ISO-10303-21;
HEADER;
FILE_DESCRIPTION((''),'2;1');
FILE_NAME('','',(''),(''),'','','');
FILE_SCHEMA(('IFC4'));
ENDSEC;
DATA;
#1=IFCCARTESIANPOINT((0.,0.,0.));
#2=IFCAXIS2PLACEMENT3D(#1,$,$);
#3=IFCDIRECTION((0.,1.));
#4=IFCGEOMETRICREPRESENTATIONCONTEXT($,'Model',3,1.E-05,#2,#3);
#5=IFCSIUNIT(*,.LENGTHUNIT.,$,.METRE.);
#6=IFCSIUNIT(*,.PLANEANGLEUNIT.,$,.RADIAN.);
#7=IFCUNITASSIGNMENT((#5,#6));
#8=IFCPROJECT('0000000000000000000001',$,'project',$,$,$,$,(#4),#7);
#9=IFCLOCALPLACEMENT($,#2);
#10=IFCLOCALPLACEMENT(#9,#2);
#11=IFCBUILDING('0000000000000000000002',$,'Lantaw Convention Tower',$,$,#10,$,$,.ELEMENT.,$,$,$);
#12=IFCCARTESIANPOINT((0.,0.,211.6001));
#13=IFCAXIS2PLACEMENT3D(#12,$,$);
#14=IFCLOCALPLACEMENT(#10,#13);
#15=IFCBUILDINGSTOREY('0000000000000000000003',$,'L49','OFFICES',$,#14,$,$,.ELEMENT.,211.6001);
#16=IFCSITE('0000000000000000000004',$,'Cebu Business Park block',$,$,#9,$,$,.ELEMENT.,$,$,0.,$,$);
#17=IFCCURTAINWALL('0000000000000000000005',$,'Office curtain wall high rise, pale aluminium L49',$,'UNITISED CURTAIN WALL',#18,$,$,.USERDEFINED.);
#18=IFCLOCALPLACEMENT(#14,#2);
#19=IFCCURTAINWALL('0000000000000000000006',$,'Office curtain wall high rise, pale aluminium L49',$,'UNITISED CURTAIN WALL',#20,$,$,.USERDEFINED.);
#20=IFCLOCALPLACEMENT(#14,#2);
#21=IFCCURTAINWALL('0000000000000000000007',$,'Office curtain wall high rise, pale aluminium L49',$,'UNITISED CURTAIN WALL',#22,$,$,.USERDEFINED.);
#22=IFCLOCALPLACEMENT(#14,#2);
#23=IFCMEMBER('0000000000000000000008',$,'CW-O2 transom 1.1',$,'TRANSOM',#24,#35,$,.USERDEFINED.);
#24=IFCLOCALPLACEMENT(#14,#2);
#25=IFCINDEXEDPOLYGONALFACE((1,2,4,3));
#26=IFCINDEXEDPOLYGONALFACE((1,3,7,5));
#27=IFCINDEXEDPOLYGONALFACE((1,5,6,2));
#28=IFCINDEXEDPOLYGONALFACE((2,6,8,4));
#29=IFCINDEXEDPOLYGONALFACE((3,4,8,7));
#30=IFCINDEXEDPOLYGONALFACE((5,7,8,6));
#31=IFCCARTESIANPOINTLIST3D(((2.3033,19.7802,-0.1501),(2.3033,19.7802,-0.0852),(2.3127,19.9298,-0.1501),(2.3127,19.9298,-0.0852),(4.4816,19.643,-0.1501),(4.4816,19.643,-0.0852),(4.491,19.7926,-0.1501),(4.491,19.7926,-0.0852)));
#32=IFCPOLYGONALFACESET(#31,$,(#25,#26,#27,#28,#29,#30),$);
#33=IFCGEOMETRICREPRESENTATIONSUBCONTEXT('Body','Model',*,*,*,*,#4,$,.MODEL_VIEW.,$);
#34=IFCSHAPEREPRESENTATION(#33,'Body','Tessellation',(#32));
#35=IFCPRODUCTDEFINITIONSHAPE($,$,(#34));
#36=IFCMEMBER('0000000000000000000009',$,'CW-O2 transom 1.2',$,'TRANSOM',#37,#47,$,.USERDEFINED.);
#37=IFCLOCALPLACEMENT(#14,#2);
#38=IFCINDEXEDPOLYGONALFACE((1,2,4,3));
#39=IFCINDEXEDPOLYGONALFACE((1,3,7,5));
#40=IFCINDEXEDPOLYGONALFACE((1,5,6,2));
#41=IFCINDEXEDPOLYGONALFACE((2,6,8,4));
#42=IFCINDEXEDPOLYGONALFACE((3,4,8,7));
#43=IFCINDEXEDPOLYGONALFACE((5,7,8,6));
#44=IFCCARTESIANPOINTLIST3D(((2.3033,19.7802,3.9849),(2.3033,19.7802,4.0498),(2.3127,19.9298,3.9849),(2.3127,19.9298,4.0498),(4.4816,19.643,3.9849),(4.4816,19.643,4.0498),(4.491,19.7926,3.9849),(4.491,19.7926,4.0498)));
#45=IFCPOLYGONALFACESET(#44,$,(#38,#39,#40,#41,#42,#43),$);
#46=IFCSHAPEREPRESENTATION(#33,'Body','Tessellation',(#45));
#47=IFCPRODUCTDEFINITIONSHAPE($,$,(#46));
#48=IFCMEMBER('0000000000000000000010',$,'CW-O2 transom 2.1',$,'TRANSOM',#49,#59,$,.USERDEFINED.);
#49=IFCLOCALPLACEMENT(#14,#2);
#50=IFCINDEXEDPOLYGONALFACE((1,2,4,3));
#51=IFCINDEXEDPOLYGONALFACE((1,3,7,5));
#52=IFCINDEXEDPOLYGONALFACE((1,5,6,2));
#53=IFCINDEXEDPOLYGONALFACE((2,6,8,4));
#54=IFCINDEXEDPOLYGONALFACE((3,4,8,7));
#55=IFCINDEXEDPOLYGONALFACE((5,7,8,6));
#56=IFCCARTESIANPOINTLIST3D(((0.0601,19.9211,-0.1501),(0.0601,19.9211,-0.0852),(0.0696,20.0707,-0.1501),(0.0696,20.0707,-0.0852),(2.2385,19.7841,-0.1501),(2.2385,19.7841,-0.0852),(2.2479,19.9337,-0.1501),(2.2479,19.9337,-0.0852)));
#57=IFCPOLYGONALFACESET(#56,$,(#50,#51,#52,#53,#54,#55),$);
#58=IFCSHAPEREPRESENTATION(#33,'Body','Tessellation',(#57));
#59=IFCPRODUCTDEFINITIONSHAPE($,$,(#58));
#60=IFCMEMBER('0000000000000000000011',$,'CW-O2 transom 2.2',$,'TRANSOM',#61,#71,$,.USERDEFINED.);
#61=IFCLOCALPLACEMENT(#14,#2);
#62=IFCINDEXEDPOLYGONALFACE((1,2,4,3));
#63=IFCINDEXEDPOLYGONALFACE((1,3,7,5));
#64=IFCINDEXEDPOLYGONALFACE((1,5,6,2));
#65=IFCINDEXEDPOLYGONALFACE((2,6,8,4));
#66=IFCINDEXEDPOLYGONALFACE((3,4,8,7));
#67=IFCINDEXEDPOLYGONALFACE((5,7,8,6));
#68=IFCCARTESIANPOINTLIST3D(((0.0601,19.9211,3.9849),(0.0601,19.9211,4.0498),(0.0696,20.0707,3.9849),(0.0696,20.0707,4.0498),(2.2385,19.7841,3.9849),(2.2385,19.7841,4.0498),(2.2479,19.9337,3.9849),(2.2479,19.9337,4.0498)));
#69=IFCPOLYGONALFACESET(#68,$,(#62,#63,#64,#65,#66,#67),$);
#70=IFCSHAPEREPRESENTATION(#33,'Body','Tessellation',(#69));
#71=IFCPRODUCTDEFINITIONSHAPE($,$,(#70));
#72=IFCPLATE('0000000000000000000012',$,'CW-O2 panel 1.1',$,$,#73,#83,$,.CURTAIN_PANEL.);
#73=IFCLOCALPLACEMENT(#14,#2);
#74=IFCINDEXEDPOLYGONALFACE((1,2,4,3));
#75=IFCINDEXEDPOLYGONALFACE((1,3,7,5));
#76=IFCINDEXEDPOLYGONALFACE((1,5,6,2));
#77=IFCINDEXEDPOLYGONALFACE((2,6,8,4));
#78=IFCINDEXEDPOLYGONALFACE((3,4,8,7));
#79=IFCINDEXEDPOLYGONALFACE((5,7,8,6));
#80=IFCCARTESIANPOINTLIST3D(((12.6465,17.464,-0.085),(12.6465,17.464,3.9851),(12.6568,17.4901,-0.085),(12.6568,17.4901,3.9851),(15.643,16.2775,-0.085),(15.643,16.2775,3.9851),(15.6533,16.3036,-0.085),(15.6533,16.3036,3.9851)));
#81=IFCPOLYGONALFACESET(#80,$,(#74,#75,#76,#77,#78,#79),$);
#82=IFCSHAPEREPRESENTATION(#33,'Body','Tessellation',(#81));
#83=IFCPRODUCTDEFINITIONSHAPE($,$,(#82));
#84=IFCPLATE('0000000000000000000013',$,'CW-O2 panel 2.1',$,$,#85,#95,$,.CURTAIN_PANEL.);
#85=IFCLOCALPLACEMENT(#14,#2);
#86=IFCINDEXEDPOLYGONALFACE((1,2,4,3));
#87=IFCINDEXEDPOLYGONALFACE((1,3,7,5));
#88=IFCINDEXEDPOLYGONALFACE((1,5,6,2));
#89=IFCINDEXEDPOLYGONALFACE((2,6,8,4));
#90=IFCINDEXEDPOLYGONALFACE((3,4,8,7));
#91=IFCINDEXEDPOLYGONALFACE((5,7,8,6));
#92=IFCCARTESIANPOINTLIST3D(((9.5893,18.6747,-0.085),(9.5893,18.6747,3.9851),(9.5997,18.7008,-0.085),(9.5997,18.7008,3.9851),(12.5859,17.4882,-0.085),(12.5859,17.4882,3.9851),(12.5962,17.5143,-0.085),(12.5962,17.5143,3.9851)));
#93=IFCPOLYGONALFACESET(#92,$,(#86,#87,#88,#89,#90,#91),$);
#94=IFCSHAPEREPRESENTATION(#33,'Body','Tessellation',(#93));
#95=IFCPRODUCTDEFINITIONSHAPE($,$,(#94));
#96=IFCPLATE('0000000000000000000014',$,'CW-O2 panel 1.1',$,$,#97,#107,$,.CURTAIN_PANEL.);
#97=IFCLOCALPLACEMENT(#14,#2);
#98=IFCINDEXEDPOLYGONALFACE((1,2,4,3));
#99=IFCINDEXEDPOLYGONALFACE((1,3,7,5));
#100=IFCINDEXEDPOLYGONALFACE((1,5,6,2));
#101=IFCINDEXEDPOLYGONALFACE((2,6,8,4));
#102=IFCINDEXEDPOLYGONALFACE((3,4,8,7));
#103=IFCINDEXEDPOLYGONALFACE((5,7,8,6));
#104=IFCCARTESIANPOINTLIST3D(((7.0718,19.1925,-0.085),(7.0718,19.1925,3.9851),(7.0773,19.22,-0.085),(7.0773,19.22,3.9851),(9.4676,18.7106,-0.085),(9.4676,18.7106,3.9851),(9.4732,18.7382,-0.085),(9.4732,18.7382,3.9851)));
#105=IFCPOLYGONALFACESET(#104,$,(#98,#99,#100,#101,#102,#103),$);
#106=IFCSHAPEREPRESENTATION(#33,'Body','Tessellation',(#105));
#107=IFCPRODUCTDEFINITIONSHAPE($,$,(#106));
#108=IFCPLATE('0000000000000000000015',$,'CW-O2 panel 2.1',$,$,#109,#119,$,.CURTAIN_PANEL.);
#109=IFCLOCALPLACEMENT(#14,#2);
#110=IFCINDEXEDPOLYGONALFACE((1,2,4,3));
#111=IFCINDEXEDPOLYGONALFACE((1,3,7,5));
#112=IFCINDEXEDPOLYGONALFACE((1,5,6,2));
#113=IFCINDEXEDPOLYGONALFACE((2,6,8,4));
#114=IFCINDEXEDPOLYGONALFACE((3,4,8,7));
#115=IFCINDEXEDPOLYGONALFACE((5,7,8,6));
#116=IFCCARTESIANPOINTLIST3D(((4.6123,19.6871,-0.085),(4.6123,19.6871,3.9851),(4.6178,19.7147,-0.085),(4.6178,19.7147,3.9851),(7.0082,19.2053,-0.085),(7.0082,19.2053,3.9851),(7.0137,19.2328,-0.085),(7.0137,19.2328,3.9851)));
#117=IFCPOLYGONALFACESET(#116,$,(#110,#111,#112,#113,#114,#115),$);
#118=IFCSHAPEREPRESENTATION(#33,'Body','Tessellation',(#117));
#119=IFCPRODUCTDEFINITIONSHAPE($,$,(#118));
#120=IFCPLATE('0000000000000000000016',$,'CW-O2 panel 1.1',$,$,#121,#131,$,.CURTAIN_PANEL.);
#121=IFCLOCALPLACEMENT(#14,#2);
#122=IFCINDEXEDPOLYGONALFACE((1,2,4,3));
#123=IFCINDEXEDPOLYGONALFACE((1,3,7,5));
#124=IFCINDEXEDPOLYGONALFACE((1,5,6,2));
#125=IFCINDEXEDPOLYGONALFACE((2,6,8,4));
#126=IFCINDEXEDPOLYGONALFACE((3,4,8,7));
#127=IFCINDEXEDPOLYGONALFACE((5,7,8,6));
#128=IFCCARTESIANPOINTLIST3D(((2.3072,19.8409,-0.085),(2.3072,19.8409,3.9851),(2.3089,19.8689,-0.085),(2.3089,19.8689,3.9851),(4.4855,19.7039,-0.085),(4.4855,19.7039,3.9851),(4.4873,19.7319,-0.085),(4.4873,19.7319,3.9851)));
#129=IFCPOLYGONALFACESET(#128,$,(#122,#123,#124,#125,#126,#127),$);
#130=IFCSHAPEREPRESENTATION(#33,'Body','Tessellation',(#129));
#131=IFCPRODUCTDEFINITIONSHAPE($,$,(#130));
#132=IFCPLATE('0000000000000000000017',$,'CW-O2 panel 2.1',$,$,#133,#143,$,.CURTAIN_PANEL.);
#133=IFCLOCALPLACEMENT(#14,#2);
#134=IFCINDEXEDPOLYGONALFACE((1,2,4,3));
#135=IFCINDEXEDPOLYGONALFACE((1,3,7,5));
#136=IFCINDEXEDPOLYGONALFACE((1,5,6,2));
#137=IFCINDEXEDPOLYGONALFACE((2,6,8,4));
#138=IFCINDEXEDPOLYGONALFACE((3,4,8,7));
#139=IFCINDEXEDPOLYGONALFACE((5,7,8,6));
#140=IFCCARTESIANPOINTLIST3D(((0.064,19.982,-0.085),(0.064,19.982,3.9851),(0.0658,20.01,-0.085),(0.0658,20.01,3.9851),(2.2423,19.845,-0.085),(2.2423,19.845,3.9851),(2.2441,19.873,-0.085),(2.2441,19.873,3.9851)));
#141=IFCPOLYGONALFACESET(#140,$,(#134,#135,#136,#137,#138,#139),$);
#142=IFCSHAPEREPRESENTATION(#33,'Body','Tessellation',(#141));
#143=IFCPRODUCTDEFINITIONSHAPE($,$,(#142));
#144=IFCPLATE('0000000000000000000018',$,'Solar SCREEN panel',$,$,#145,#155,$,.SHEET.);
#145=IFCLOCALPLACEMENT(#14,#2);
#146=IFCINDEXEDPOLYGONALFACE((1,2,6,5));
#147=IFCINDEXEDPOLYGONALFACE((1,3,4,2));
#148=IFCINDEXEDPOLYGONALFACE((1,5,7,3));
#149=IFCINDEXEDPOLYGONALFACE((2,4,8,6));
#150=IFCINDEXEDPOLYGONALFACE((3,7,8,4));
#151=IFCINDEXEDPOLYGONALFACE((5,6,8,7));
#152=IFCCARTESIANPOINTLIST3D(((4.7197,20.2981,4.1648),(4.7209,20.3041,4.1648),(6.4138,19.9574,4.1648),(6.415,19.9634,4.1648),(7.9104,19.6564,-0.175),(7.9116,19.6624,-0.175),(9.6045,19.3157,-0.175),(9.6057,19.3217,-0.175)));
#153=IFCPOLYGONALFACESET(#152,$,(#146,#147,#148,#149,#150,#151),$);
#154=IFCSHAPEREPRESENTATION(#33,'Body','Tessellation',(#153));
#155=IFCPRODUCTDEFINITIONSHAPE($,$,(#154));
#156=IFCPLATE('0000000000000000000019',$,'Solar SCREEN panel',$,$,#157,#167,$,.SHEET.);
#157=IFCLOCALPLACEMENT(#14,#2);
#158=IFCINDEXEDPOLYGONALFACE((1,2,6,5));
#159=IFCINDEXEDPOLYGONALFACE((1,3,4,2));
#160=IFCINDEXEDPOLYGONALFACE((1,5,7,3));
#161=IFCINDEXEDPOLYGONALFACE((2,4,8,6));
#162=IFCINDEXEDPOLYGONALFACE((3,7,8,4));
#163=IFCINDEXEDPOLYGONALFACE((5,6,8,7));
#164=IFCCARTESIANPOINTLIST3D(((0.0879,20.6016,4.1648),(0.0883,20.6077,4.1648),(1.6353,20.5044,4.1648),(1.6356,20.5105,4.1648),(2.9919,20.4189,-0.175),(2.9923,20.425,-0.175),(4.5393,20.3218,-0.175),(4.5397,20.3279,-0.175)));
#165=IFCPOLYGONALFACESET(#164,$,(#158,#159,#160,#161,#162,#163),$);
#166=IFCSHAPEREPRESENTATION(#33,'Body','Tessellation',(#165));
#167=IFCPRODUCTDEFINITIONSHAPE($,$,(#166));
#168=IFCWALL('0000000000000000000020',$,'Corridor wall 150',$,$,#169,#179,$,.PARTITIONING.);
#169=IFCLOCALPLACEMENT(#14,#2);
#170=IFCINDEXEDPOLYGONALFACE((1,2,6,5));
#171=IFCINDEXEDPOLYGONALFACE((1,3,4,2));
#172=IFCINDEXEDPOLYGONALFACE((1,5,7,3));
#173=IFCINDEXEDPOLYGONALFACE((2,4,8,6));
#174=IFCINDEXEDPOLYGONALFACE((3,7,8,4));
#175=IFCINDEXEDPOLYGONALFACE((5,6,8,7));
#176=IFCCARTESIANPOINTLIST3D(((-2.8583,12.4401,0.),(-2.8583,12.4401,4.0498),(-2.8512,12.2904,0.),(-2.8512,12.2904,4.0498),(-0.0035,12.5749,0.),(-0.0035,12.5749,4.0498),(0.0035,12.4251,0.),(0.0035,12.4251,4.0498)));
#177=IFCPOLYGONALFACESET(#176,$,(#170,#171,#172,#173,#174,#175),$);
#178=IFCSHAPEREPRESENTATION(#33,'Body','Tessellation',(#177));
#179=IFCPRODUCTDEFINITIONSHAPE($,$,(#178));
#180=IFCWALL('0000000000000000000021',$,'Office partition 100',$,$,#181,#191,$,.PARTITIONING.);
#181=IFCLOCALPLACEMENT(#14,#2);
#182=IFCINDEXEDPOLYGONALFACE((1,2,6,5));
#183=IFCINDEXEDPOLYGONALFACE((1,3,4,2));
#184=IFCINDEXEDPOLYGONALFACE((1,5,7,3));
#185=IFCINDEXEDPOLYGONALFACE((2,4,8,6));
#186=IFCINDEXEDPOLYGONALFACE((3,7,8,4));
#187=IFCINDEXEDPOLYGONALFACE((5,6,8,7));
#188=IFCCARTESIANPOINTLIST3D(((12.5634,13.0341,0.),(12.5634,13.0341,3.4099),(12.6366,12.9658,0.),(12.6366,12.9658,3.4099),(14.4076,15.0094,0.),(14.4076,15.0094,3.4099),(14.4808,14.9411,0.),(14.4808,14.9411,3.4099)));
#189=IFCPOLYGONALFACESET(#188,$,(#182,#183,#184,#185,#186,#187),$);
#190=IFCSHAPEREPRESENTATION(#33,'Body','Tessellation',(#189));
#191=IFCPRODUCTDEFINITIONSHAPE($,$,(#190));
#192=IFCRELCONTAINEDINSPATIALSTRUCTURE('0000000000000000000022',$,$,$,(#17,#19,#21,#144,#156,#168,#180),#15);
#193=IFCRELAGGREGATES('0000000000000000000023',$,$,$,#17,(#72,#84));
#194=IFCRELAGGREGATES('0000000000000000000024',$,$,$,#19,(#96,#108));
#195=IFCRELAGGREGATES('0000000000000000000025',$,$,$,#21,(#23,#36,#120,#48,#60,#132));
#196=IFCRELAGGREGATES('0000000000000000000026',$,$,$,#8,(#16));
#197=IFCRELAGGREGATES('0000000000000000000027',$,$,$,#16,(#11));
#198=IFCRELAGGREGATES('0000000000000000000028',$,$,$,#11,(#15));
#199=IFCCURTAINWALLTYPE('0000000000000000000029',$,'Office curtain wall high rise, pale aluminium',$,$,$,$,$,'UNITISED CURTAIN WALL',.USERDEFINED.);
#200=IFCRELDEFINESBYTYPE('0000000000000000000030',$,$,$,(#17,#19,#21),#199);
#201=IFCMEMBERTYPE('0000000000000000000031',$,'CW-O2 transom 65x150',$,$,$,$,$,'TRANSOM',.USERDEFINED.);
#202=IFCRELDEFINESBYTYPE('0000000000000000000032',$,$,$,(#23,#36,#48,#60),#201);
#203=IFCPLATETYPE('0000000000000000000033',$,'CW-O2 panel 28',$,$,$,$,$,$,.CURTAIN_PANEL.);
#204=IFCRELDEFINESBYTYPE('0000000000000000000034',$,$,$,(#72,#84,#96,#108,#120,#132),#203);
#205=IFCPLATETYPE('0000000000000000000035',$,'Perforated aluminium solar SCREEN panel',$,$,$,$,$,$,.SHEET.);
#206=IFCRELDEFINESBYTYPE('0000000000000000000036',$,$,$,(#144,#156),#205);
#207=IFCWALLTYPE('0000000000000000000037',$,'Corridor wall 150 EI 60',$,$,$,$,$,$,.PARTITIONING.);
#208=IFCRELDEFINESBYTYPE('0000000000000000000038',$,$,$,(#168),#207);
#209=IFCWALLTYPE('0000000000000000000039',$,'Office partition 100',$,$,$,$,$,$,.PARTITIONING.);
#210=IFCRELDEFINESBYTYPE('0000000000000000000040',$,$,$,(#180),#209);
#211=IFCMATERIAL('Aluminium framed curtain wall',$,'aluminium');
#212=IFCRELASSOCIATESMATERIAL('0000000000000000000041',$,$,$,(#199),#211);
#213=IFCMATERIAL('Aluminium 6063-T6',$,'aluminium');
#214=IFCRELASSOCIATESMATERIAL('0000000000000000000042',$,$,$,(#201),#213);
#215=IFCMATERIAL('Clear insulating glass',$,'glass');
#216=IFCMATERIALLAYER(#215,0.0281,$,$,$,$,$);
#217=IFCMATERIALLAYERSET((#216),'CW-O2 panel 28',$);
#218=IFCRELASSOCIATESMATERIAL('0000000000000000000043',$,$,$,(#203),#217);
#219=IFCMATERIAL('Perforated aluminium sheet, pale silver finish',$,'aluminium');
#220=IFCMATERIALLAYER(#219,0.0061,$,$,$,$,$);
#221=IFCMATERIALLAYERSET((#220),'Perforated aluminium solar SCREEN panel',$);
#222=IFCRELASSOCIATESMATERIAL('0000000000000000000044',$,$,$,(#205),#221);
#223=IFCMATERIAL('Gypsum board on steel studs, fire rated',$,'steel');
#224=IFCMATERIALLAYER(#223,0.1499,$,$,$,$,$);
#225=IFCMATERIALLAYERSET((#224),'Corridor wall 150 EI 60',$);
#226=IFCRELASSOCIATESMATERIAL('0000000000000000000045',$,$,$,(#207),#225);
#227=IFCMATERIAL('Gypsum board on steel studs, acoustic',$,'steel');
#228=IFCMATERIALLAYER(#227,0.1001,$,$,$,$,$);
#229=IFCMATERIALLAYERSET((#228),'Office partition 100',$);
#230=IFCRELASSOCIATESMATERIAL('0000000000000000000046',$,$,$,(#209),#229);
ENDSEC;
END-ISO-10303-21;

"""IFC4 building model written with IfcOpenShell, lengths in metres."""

from ifc_helpers import new_model, si_unit, direction, frame, frame_2d, origin, origin_2d, place, context, subcontext, project, spatial, polyline, rectangle, outline, extrude, material, layer, layer_set, material_profile, profile_set, type_object, element, aggregate, save


model = new_model("IFC4")

# Units and contexts
model_context = context("Model", 3, precision=1e-05, world=origin(), true_north=direction((0.0, 1.0)))
body_context = subcontext(model_context, "Body", "Model", "MODEL_VIEW")
ifc_project = project(units=[si_unit("LENGTHUNIT", "METRE"), si_unit("PLANEANGLEUNIT", "RADIAN")], contexts=[model_context])

# Site, building, storey
site_placement = place(None, origin())
site = spatial("IfcSite", under=ifc_project, at=site_placement, Name="Cebu Business Park block", CompositionType="ELEMENT", RefElevation=0.0)
building_placement = place(site_placement, origin())
building = spatial("IfcBuilding", under=site, at=building_placement, Name="Lantaw Convention Tower", CompositionType="ELEMENT")
storey_placement = place(building_placement, frame((0.0, 0.0, 211.6001)))
storey = spatial("IfcBuildingStorey", under=building, at=storey_placement, Name="L49", Description="OFFICES", CompositionType="ELEMENT", Elevation=211.6001)

# Curtain walls
ifc_material_1 = material(Name="Aluminium framed curtain wall", Category="aluminium")
curtain_wall_type = type_object("IfcCurtainWallType", Name="Office curtain wall high rise, pale aluminium", ElementType="UNITISED CURTAIN WALL", PredefinedType="USERDEFINED", material=ifc_material_1)
curtain_wall_1_placement = place(storey_placement, origin())
curtain_wall_1 = element("IfcCurtainWall", 1, at=curtain_wall_1_placement, inside=storey, type_object=curtain_wall_type, Name="Office curtain wall high rise, pale aluminium L49", ObjectType="UNITISED CURTAIN WALL", PredefinedType="USERDEFINED")
ifc_material_2 = material(Name="Aluminium 6063-T6", Category="aluminium")
curtain_wall_2_placement = place(storey_placement, origin())
curtain_wall_2 = element("IfcCurtainWall", 2, at=curtain_wall_2_placement, inside=storey, type_object=curtain_wall_type, Name="Office curtain wall high rise, pale aluminium L49", ObjectType="UNITISED CURTAIN WALL", PredefinedType="USERDEFINED")
curtain_wall_3_placement = place(storey_placement, origin())
curtain_wall_3 = element("IfcCurtainWall", 3, at=curtain_wall_3_placement, inside=storey, type_object=curtain_wall_type, Name="Office curtain wall high rise, pale aluminium L49", ObjectType="UNITISED CURTAIN WALL", PredefinedType="USERDEFINED")

# Members
ifc_material_profile_1 = material_profile(ifc_material_2, rectangle(XDim=0.1499, YDim=0.0649, at=origin_2d()), Name="CW-O2 transom 65x150")
ifc_profile_set_1 = profile_set([ifc_material_profile_1], Name="Aluminium 6063-T6")
member_type_1 = type_object("IfcMemberType", Name="CW-O2 transom 65x150", ElementType="TRANSOM", PredefinedType="USERDEFINED", material=ifc_profile_set_1)
member_1_placement = place(storey_placement, frame((4.4863, 19.7178, -0.1177), z_axis=(-0.998022, 0.062866, 0.0), x_axis=(-0.062866, -0.998022, 0.0)))
member_1 = element("IfcMember", 4, at=member_1_placement, type_object=member_type_1, Name="CW-O2 transom 1.1", ObjectType="TRANSOM", PredefinedType="USERDEFINED", context=body_context, shape_type="SweptSolid", body=[
    extrude(rectangle(XDim=0.1499, YDim=0.0649, at=origin_2d()), origin(), (0.0, 0.0, 1.0), 2.1826),
])
member_2_placement = place(storey_placement, frame((4.4863, 19.7178, 4.0173), z_axis=(-0.998022, 0.062866, 0.0), x_axis=(-0.062866, -0.998022, 0.0)))
member_2 = element("IfcMember", 5, at=member_2_placement, type_object=member_type_1, Name="CW-O2 transom 1.2", ObjectType="TRANSOM", PredefinedType="USERDEFINED", context=body_context, shape_type="SweptSolid", body=[
    extrude(rectangle(XDim=0.1499, YDim=0.0649, at=origin_2d()), origin(), (0.0, 0.0, 1.0), 2.1826),
])
member_3_placement = place(storey_placement, frame((2.2432, 19.8589, -0.1177), z_axis=(-0.998029, 0.062754, 0.0), x_axis=(-0.062754, -0.998029, 0.0)))
member_3 = element("IfcMember", 6, at=member_3_placement, type_object=member_type_1, Name="CW-O2 transom 2.1", ObjectType="TRANSOM", PredefinedType="USERDEFINED", context=body_context, shape_type="SweptSolid", body=[
    extrude(rectangle(XDim=0.1499, YDim=0.0649, at=origin_2d()), origin(), (0.0, 0.0, 1.0), 2.1826),
])
member_4_placement = place(storey_placement, frame((2.2432, 19.8589, 4.0173), z_axis=(-0.998029, 0.062754, 0.0), x_axis=(-0.062754, -0.998029, 0.0)))
member_4 = element("IfcMember", 7, at=member_4_placement, type_object=member_type_1, Name="CW-O2 transom 2.2", ObjectType="TRANSOM", PredefinedType="USERDEFINED", context=body_context, shape_type="SweptSolid", body=[
    extrude(rectangle(XDim=0.1499, YDim=0.0649, at=origin_2d()), origin(), (0.0, 0.0, 1.0), 2.1826),
])

# Plates
ifc_material_3 = material(Name="Clear insulating glass", Category="glass")
ifc_layer_1 = layer(ifc_material_3, 0.0281)
ifc_layer_set_1 = layer_set([ifc_layer_1], Name="CW-O2 panel 28")
plate_type_1 = type_object("IfcPlateType", Name="CW-O2 panel 28", PredefinedType="CURTAIN_PANEL", material=ifc_layer_set_1)
plate_1_placement = place(storey_placement, frame((14.1499, 16.8838, -0.085), z_axis=(0.0, 0.0, 1.0), x_axis=(-0.929762, 0.368162, 0.0)))
plate_1 = element("IfcPlate", 8, at=plate_1_placement, type_object=plate_type_1, Name="CW-O2 panel 1.1", PredefinedType="CURTAIN_PANEL", context=body_context, shape_type="SweptSolid", body=[
    extrude(rectangle(XDim=3.2229, YDim=0.0281, at=origin_2d()), origin(), (0.0, 0.0, 1.0), 4.0701),
])
plate_2_placement = place(storey_placement, frame((11.0928, 18.0945, -0.085), z_axis=(0.0, 0.0, 1.0), x_axis=(-0.929762, 0.368162, 0.0)))
plate_2 = element("IfcPlate", 9, at=plate_2_placement, type_object=plate_type_1, Name="CW-O2 panel 2.1", PredefinedType="CURTAIN_PANEL", context=body_context, shape_type="SweptSolid", body=[
    extrude(rectangle(XDim=3.2229, YDim=0.0281, at=origin_2d()), origin(), (0.0, 0.0, 1.0), 4.0701),
])
aggregate(curtain_wall_1, [plate_1, plate_2])
plate_3_placement = place(storey_placement, frame((8.2725, 18.9653, -0.085), z_axis=(0.0, 0.0, 1.0), x_axis=(-0.980367, 0.197183, 0.0)))
plate_3 = element("IfcPlate", 10, at=plate_3_placement, type_object=plate_type_1, Name="CW-O2 panel 1.1", PredefinedType="CURTAIN_PANEL", context=body_context, shape_type="SweptSolid", body=[
    extrude(rectangle(XDim=2.4438, YDim=0.0281, at=origin_2d()), origin(), (0.0, 0.0, 1.0), 4.0701),
])
plate_4_placement = place(storey_placement, frame((5.813, 19.46, -0.085), z_axis=(0.0, 0.0, 1.0), x_axis=(-0.980367, 0.197183, 0.0)))
plate_4 = element("IfcPlate", 11, at=plate_4_placement, type_object=plate_type_1, Name="CW-O2 panel 2.1", PredefinedType="CURTAIN_PANEL", context=body_context, shape_type="SweptSolid", body=[
    extrude(rectangle(XDim=2.4438, YDim=0.0281, at=origin_2d()), origin(), (0.0, 0.0, 1.0), 4.0701),
])
aggregate(curtain_wall_2, [plate_3, plate_4])
plate_5_placement = place(storey_placement, frame((3.3972, 19.7864, -0.085), z_axis=(0.0, 0.0, 1.0), x_axis=(-0.998029, 0.062758, 0.0)))
plate_5 = element("IfcPlate", 12, at=plate_5_placement, type_object=plate_type_1, Name="CW-O2 panel 1.1", PredefinedType="CURTAIN_PANEL", context=body_context, shape_type="SweptSolid", body=[
    extrude(rectangle(XDim=2.1826, YDim=0.0281, at=origin_2d()), origin(), (0.0, 0.0, 1.0), 4.0701),
])
plate_6_placement = place(storey_placement, frame((1.1541, 19.9275, -0.085), z_axis=(0.0, 0.0, 1.0), x_axis=(-0.998029, 0.062758, 0.0)))
plate_6 = element("IfcPlate", 13, at=plate_6_placement, type_object=plate_type_1, Name="CW-O2 panel 2.1", PredefinedType="CURTAIN_PANEL", context=body_context, shape_type="SweptSolid", body=[
    extrude(rectangle(XDim=2.1826, YDim=0.0281, at=origin_2d()), origin(), (0.0, 0.0, 1.0), 4.0701),
])
aggregate(curtain_wall_3, [member_1, member_2, plate_5, member_3, member_4, plate_6])

# Plates
ifc_material_4 = material(Name="Perforated aluminium sheet, pale silver finish", Category="aluminium")
ifc_layer_2 = layer(ifc_material_4, 0.0061)
ifc_layer_set_2 = layer_set([ifc_layer_2], Name="Perforated aluminium solar SCREEN panel")
plate_type_2 = type_object("IfcPlateType", Name="Perforated aluminium solar SCREEN panel", PredefinedType="SHEET", material=ifc_layer_set_2)
plate_7_placement = place(storey_placement, frame((9.6045, 19.3157, -0.175), z_axis=(-0.197162, -0.980371, 0.000011), x_axis=(-0.980371, 0.197162, 0.0)))
element("IfcPlate", 14, at=plate_7_placement, inside=storey, type_object=plate_type_2, Name="Solar SCREEN panel", PredefinedType="SHEET", context=body_context, shape_type="SweptSolid", body=[
    extrude(outline(polyline([(0.0, 0.0), (1.728, 0.0), (4.9826, -4.3398), (3.2545, -4.3398), (0.0, 0.0)])), origin(), (0.0, 0.0, -1.0), 0.0061),
])
plate_8_placement = place(storey_placement, frame((4.5393, 20.3218, -0.175), z_axis=(-0.062672, -0.998034, 0.000059), x_axis=(-0.998034, 0.062672, 0.0)))
element("IfcPlate", 15, at=plate_8_placement, inside=storey, type_object=plate_type_2, Name="Solar SCREEN panel", PredefinedType="SHEET", context=body_context, shape_type="SweptSolid", body=[
    extrude(outline(polyline([(0.0, 0.0), (1.5504, 0.0), (4.4602, -4.3398), (2.9098, -4.3398), (0.0, 0.0)])), origin(), (0.0, 0.0, -1.0), 0.0061),
])

# Walls
ifc_material_5 = material(Name="Gypsum board on steel studs, fire rated", Category="steel")
ifc_layer_3 = layer(ifc_material_5, 0.1499)
ifc_layer_set_3 = layer_set([ifc_layer_3], Name="Corridor wall 150 EI 60")
wall_type_1 = type_object("IfcWallType", Name="Corridor wall 150 EI 60", PredefinedType="PARTITIONING", material=ifc_layer_set_3)
wall_1_placement = place(storey_placement, frame((0.0, 12.5, 0.0), z_axis=(0.0, 0.0, 1.0), x_axis=(-0.998888, -0.047155, 0.0)))
element("IfcWall", 16, at=wall_1_placement, inside=storey, type_object=wall_type_1, Name="Corridor wall 150", PredefinedType="PARTITIONING", context=body_context, shape_type="SweptSolid", body=[
    extrude(rectangle(XDim=2.8579, YDim=0.1499, at=frame_2d((1.429, 0.0))), origin(), (0.0, 0.0, 1.0), 4.0498),
])
ifc_material_6 = material(Name="Gypsum board on steel studs, acoustic", Category="steel")
ifc_layer_4 = layer(ifc_material_6, 0.1001)
ifc_layer_set_4 = layer_set([ifc_layer_4], Name="Office partition 100")
wall_type_2 = type_object("IfcWallType", Name="Office partition 100", PredefinedType="PARTITIONING", material=ifc_layer_set_4)
wall_2_placement = place(storey_placement, frame((12.6001, 13.0, 0.0), z_axis=(0.0, 0.0, 1.0), x_axis=(0.682434, 0.730947, 0.0)))
element("IfcWall", 17, at=wall_2_placement, inside=storey, type_object=wall_type_2, Name="Office partition 100", PredefinedType="PARTITIONING", context=body_context, shape_type="SweptSolid", body=[
    extrude(rectangle(XDim=2.7024, YDim=0.1001, at=frame_2d((1.3511, 0.0))), origin(), (0.0, 0.0, 1.0), 3.4099),
])

save(model, "model.ifc")
